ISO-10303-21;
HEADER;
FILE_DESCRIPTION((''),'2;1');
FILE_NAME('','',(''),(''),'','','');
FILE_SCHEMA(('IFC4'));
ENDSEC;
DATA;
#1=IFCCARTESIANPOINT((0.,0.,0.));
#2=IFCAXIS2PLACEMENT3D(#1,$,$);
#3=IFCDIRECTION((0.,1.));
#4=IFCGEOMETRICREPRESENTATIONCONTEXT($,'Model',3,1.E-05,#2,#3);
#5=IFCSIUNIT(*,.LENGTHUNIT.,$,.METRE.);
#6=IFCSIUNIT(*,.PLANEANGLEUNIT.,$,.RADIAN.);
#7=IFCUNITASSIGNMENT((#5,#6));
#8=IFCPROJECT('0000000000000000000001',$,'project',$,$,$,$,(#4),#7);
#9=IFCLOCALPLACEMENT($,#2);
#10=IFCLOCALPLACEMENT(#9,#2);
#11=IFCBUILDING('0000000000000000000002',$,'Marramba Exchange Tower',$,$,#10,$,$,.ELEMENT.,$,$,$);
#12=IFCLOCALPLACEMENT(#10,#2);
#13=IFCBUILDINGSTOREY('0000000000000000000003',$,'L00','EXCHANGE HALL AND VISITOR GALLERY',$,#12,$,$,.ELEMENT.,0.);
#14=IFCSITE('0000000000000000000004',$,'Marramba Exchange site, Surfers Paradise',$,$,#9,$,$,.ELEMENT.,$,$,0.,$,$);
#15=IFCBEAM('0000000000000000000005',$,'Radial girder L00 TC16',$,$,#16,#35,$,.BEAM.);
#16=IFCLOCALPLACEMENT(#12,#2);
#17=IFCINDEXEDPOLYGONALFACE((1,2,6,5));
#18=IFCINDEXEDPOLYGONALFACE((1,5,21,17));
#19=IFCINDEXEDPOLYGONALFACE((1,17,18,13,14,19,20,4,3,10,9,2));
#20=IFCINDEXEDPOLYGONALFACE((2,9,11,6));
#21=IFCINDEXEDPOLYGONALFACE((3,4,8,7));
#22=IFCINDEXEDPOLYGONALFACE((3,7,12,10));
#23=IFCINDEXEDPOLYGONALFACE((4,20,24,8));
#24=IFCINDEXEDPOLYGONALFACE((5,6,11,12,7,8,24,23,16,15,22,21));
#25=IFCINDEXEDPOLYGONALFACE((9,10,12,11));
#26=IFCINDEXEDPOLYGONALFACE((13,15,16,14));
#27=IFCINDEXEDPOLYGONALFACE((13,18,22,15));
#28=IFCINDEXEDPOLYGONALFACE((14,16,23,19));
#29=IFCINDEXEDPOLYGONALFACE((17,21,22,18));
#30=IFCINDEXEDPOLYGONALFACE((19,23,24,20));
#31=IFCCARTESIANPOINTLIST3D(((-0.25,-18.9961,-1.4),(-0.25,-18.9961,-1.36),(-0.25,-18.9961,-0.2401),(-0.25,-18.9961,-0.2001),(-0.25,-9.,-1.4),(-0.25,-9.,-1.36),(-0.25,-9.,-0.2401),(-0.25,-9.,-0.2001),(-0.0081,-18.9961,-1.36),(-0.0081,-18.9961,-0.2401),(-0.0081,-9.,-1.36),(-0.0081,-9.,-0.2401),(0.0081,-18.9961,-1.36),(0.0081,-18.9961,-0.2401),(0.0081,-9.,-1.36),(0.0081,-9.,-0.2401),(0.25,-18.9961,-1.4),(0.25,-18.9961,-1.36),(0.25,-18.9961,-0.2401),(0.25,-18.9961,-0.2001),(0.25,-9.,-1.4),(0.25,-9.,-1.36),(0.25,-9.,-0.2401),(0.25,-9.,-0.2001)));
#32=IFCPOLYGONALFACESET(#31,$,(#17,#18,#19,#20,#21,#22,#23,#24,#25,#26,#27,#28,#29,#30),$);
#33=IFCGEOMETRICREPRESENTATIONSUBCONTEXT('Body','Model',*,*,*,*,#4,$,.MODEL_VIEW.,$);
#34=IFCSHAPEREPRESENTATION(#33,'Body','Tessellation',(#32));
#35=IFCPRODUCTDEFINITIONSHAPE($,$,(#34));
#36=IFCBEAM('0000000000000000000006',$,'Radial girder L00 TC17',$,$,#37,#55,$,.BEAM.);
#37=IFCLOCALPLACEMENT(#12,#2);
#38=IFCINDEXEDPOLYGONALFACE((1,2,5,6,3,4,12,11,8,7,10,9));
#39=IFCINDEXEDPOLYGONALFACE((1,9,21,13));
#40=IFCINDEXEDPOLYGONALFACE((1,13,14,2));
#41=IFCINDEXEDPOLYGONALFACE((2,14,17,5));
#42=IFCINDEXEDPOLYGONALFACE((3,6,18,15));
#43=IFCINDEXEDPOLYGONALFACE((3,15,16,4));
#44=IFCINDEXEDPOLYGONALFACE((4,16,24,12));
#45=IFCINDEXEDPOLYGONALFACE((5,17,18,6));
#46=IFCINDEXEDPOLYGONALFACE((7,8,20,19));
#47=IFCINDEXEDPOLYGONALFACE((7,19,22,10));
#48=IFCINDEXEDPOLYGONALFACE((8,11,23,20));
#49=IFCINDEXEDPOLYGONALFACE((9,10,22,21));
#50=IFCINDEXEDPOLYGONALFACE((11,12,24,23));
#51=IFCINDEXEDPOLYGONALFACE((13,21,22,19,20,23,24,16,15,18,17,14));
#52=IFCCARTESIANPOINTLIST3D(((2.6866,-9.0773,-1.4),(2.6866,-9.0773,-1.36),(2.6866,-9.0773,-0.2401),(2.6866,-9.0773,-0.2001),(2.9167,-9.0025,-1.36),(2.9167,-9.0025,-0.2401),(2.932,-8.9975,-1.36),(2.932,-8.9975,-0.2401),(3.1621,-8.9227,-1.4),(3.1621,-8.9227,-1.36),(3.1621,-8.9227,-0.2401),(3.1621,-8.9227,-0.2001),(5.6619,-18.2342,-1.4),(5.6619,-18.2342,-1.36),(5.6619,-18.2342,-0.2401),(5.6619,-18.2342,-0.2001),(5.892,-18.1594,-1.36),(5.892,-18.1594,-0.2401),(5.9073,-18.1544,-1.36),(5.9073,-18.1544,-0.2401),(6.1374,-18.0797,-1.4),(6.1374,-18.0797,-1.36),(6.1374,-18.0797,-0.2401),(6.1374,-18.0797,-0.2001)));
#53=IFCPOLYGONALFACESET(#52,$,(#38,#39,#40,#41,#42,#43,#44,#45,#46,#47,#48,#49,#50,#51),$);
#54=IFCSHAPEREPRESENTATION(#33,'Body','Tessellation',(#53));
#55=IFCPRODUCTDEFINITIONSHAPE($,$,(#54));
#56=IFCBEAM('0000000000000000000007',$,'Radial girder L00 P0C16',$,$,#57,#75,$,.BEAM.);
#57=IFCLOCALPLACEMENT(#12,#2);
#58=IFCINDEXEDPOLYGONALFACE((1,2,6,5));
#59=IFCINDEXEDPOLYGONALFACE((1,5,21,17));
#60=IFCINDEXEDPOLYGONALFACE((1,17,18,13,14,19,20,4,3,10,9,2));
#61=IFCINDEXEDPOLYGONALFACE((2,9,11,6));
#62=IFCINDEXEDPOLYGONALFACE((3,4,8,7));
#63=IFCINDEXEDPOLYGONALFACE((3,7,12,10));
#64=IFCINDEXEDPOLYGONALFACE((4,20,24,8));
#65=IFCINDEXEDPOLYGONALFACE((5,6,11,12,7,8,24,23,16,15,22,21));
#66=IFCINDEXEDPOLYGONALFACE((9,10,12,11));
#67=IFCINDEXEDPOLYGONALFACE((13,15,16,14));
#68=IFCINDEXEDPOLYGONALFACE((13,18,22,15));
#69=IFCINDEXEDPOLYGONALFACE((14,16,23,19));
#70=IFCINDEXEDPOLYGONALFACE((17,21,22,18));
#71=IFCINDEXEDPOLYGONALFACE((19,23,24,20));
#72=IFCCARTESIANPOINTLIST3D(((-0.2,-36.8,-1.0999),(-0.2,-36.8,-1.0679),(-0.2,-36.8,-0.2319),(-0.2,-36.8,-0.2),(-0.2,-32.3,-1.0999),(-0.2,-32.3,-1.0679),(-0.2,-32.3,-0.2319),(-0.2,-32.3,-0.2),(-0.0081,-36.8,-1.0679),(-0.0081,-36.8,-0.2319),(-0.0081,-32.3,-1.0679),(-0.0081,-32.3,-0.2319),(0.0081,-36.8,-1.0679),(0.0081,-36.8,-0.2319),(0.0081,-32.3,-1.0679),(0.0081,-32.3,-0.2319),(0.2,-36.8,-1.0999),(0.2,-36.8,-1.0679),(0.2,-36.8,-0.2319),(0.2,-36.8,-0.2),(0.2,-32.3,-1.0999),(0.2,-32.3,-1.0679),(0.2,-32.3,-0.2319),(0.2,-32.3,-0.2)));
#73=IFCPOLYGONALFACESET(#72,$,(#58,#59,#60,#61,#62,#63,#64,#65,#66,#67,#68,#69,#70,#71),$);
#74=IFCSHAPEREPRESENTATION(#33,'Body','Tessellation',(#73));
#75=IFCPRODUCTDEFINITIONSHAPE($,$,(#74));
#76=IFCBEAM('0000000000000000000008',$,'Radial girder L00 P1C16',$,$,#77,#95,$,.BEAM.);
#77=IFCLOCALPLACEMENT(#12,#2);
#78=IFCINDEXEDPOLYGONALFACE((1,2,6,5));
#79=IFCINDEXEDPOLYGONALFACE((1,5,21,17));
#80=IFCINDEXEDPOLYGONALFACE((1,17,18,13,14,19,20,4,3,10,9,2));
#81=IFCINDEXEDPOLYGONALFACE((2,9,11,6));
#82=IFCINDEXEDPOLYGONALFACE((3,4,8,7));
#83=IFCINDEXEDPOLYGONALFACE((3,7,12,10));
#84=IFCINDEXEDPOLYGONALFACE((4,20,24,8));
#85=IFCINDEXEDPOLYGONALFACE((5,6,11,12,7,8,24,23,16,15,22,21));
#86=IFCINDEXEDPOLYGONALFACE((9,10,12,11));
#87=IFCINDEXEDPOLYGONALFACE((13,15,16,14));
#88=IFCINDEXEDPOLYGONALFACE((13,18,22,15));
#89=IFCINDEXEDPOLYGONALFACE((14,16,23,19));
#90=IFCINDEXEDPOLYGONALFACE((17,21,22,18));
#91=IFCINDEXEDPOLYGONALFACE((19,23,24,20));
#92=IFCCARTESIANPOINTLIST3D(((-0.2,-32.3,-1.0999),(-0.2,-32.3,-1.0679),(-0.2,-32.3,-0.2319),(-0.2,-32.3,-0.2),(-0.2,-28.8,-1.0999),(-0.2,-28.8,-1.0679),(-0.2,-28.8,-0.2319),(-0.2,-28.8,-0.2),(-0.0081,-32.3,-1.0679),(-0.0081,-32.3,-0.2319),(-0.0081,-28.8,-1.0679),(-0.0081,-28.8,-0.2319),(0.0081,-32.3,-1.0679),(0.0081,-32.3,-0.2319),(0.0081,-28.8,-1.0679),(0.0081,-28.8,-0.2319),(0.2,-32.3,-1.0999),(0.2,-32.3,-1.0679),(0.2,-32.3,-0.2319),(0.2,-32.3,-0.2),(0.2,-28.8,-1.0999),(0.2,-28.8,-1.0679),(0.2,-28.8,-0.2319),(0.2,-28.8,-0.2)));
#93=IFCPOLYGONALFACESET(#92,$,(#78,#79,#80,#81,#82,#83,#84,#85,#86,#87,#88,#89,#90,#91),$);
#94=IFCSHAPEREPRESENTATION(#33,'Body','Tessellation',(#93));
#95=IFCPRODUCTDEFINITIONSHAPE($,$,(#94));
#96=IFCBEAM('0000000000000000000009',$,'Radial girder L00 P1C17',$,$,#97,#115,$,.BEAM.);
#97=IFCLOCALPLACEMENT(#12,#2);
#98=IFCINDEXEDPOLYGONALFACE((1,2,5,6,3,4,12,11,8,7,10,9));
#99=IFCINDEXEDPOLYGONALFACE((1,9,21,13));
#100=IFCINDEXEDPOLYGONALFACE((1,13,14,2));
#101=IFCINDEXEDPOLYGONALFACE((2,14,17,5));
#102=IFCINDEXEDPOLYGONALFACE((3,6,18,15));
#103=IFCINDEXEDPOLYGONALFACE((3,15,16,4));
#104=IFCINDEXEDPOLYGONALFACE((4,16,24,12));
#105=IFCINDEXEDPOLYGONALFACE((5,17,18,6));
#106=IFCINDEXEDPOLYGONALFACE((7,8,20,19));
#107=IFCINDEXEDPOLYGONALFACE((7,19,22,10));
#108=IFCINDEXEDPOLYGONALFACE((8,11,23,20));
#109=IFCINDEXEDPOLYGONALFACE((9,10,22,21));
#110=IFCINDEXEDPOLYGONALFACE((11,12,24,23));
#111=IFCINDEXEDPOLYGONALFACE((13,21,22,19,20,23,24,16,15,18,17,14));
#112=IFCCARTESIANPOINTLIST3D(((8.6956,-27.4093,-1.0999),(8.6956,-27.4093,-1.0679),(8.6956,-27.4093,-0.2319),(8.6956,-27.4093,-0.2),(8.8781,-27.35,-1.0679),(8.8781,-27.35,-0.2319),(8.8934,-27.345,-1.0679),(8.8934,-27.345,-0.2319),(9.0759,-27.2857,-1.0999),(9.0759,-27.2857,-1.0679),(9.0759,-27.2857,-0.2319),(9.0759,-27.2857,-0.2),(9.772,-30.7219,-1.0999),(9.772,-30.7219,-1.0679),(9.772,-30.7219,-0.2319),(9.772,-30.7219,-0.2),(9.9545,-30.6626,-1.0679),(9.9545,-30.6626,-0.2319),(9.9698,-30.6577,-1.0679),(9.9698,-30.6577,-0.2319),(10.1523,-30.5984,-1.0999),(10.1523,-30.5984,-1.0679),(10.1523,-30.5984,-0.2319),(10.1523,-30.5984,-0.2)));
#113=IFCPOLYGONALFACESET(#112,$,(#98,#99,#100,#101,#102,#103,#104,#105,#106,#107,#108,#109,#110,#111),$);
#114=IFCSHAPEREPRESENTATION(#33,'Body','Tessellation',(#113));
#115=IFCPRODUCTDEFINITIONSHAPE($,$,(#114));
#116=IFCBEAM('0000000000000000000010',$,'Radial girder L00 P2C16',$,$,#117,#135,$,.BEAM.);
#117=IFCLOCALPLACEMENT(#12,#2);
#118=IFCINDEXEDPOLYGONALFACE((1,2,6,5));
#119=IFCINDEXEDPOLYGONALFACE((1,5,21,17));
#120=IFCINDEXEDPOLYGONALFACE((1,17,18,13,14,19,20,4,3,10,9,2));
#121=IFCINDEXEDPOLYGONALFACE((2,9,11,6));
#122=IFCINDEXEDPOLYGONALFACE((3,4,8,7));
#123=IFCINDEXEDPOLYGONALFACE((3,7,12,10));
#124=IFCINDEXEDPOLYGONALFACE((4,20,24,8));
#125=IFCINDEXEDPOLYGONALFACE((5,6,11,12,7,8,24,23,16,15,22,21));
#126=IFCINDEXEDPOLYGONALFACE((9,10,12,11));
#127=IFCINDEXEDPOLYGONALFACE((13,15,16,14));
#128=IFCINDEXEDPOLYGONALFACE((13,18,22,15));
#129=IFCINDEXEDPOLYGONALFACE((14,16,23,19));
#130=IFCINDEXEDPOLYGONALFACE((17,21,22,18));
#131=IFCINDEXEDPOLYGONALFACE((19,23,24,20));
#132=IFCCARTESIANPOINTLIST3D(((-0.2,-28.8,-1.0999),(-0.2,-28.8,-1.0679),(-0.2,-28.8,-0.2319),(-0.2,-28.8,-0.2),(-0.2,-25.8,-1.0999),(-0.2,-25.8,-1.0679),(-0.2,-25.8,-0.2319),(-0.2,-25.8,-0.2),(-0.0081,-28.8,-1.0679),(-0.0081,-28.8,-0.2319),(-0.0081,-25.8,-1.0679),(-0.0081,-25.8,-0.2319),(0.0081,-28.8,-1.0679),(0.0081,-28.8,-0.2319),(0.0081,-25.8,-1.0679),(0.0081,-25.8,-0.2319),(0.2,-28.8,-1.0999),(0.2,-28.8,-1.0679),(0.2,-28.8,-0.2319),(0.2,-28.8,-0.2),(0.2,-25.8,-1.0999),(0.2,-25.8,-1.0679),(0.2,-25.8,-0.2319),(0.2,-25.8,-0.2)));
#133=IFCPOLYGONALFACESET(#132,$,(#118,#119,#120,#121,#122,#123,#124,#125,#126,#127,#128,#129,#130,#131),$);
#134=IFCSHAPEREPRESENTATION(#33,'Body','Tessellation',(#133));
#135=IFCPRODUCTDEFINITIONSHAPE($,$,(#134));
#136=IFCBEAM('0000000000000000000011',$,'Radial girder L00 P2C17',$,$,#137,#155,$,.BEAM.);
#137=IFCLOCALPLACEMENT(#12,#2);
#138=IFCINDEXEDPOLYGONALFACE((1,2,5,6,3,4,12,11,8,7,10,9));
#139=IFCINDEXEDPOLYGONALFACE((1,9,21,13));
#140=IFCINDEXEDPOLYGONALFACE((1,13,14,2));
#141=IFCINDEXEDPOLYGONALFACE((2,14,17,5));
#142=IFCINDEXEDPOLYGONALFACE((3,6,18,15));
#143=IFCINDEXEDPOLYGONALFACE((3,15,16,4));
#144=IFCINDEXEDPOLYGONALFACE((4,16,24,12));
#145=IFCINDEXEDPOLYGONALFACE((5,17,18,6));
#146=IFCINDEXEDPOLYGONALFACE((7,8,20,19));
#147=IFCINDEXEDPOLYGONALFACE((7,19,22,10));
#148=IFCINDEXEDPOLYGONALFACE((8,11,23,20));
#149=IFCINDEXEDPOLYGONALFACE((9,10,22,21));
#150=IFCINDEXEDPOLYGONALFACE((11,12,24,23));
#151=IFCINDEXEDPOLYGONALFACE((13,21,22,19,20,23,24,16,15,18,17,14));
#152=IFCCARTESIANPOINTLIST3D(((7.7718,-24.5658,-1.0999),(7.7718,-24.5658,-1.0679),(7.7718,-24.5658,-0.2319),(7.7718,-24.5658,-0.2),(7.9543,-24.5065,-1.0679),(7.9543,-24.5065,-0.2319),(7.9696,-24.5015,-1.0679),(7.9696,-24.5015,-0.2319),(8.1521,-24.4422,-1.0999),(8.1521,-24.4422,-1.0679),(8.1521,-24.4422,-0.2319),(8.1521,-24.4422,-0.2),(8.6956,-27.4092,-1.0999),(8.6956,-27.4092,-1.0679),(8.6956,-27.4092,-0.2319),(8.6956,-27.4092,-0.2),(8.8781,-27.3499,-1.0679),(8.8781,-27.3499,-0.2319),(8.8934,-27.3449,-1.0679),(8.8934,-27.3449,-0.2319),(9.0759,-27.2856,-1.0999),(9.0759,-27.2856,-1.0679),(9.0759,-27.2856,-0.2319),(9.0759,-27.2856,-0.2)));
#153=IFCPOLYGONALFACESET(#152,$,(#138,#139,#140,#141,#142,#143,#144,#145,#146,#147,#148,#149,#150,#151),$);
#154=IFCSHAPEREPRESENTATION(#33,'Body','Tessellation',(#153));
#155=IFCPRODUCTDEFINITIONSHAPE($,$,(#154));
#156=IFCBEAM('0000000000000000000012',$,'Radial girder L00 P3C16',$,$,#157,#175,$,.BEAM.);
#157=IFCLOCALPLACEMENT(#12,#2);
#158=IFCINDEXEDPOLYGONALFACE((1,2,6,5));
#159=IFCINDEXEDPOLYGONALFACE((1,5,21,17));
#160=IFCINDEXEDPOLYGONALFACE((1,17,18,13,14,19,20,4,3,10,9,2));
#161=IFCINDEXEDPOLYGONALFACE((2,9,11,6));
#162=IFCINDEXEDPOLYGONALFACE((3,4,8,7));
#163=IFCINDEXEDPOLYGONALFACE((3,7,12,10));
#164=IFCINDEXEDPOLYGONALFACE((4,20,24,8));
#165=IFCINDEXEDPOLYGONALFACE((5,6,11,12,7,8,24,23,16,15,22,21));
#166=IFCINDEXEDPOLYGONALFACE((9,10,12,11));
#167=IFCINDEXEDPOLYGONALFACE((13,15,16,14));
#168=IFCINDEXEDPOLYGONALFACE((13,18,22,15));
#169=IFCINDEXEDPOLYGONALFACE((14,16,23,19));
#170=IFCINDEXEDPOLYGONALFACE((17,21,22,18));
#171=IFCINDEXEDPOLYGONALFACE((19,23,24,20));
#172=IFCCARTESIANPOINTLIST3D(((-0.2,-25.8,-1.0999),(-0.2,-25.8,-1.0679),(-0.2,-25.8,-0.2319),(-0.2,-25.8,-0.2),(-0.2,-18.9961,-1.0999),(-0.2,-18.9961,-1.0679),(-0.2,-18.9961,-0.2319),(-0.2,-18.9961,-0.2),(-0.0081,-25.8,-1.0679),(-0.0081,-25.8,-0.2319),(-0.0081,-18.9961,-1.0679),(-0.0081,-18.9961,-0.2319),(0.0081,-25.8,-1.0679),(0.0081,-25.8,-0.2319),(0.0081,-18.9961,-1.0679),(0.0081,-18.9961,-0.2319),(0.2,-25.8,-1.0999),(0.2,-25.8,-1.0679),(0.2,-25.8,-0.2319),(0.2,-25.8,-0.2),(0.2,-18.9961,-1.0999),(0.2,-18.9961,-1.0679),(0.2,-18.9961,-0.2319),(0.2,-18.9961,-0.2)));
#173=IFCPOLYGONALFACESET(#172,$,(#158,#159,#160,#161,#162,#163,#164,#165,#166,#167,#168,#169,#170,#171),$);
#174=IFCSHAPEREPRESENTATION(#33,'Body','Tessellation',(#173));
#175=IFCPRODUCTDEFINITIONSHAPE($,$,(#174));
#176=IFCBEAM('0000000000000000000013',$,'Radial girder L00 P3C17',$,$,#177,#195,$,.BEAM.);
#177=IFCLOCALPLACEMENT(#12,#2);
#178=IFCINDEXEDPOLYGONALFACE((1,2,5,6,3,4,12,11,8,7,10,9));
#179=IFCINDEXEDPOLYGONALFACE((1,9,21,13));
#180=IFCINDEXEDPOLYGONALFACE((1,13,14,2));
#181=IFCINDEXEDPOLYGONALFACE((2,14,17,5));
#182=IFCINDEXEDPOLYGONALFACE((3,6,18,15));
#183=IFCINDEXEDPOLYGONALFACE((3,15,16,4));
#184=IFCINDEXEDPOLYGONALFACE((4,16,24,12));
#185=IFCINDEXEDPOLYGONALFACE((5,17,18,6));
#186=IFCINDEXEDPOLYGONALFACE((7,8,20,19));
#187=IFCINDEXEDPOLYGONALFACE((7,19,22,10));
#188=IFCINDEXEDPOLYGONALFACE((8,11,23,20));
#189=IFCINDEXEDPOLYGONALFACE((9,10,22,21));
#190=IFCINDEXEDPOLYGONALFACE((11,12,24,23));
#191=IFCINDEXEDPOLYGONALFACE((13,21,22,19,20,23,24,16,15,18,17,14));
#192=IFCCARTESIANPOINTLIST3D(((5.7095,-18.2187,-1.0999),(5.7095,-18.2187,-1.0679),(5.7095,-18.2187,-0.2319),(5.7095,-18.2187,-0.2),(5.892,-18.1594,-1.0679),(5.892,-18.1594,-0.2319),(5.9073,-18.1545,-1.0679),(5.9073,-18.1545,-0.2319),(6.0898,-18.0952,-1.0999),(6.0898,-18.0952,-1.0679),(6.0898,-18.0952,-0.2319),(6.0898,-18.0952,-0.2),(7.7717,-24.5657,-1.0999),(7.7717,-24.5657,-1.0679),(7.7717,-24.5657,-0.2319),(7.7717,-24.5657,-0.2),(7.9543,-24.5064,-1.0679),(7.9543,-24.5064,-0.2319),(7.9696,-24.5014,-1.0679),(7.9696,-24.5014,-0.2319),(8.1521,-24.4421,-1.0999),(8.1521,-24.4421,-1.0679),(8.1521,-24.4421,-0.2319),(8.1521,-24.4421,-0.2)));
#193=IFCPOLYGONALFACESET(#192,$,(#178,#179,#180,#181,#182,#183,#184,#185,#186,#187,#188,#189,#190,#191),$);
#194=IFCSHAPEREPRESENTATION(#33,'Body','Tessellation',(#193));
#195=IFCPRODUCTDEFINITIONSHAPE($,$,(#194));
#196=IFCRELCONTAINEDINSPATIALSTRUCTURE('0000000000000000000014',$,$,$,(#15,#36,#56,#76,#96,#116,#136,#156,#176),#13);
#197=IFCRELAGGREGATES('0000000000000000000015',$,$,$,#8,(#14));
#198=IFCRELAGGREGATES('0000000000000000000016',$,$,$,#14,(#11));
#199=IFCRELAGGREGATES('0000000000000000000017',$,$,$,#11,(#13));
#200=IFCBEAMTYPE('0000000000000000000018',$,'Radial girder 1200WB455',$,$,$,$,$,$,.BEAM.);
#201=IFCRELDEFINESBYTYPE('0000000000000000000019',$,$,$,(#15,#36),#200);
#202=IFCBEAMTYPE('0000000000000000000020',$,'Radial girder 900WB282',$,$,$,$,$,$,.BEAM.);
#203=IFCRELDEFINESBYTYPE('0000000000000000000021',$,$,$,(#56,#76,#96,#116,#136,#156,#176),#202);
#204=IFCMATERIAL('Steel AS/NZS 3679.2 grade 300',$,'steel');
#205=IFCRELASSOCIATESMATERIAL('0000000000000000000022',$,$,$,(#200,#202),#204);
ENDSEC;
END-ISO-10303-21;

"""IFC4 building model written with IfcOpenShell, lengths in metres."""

from ifc_helpers import new_model, si_unit, direction, frame, origin, origin_2d, place, context, subcontext, project, spatial, i_section, extrude, material, material_profile, profile_set, type_object, element, save


model = new_model("IFC4")

# Units and contexts
model_context = context("Model", 3, precision=1e-05, world=origin(), true_north=direction((0.0, 1.0)))
body_context = subcontext(model_context, "Body", "Model", "MODEL_VIEW")
ifc_project = project(units=[si_unit("LENGTHUNIT", "METRE"), si_unit("PLANEANGLEUNIT", "RADIAN")], contexts=[model_context])

# Site, building, storey
site_placement = place(None, origin())
site = spatial("IfcSite", under=ifc_project, at=site_placement, Name="Marramba Exchange site, Surfers Paradise", CompositionType="ELEMENT", RefElevation=0.0)
building_placement = place(site_placement, origin())
building = spatial("IfcBuilding", under=site, at=building_placement, Name="Marramba Exchange Tower", CompositionType="ELEMENT")
storey_placement = place(building_placement, origin())
storey = spatial("IfcBuildingStorey", under=building, at=storey_placement, Name="L00", Description="EXCHANGE HALL AND VISITOR GALLERY", CompositionType="ELEMENT", Elevation=0.0)

# Beams
ifc_material_1 = material(Name="Steel AS/NZS 3679.2 grade 300", Category="steel")
ifc_material_profile_1 = material_profile(ifc_material_1, i_section(OverallWidth=0.5, OverallDepth=1.2, WebThickness=0.0161, FlangeThickness=0.04, at=origin_2d()), Name="1200WB455")
ifc_profile_set_1 = profile_set([ifc_material_profile_1], Name="Steel AS/NZS 3679.2 grade 300")
beam_type_1 = type_object("IfcBeamType", Name="Radial girder 1200WB455", PredefinedType="BEAM", material=ifc_profile_set_1)
beam_1_placement = place(storey_placement, frame((0.0, -9.0, -0.8), z_axis=(0.0, -1.0, 0.0), x_axis=(1.0, 0.0, 0.0)))
element("IfcBeam", 1, at=beam_1_placement, inside=storey, type_object=beam_type_1, Name="Radial girder L00 TC16", PredefinedType="BEAM", context=body_context, shape_type="SweptSolid", body=[
    extrude(i_section(OverallWidth=0.5, OverallDepth=1.2, WebThickness=0.0161, FlangeThickness=0.04, at=origin_2d()), origin(), (0.0, 0.0, 1.0), 9.9961),
])
beam_2_placement = place(storey_placement, frame((2.9243, -9.0, -0.8), z_axis=(0.309022, -0.951055, 0.0), x_axis=(0.951055, 0.309022, 0.0)))
element("IfcBeam", 2, at=beam_2_placement, inside=storey, type_object=beam_type_1, Name="Radial girder L00 TC17", PredefinedType="BEAM", context=body_context, shape_type="SweptSolid", body=[
    extrude(i_section(OverallWidth=0.5, OverallDepth=1.2, WebThickness=0.0161, FlangeThickness=0.04, at=origin_2d()), origin(), (0.0, 0.0, 1.0), 9.6282),
])
ifc_material_profile_2 = material_profile(ifc_material_1, i_section(OverallWidth=0.3999, OverallDepth=0.8999, WebThickness=0.0161, FlangeThickness=0.032, at=origin_2d()), Name="900WB282")
ifc_profile_set_2 = profile_set([ifc_material_profile_2], Name="Steel AS/NZS 3679.2 grade 300")
beam_type_2 = type_object("IfcBeamType", Name="Radial girder 900WB282", PredefinedType="BEAM", material=ifc_profile_set_2)
beam_3_placement = place(storey_placement, frame((0.0, -36.8, -0.6499), z_axis=(0.0, 1.0, 0.0), x_axis=(-1.0, 0.0, 0.0)))
element("IfcBeam", 3, at=beam_3_placement, inside=storey, type_object=beam_type_2, Name="Radial girder L00 P0C16", PredefinedType="BEAM", context=body_context, shape_type="SweptSolid", body=[
    extrude(i_section(OverallWidth=0.3999, OverallDepth=0.8999, WebThickness=0.0161, FlangeThickness=0.032, at=origin_2d()), origin(), (0.0, 0.0, 1.0), 4.5),
])
beam_4_placement = place(storey_placement, frame((0.0, -32.3, -0.6499), z_axis=(0.0, 1.0, 0.0), x_axis=(-1.0, 0.0, 0.0)))
element("IfcBeam", 4, at=beam_4_placement, inside=storey, type_object=beam_type_2, Name="Radial girder L00 P1C16", PredefinedType="BEAM", context=body_context, shape_type="SweptSolid", body=[
    extrude(i_section(OverallWidth=0.3999, OverallDepth=0.8999, WebThickness=0.0161, FlangeThickness=0.032, at=origin_2d()), origin(), (0.0, 0.0, 1.0), 3.5),
])
beam_5_placement = place(storey_placement, frame((9.9622, -30.6602, -0.6499), z_axis=(-0.309027, 0.951053, 0.0), x_axis=(-0.951053, -0.309027, 0.0)))
element("IfcBeam", 5, at=beam_5_placement, inside=storey, type_object=beam_type_2, Name="Radial girder L00 P1C17", PredefinedType="BEAM", context=body_context, shape_type="SweptSolid", body=[
    extrude(i_section(OverallWidth=0.3999, OverallDepth=0.8999, WebThickness=0.0161, FlangeThickness=0.032, at=origin_2d()), origin(), (0.0, 0.0, 1.0), 3.4832),
])
beam_6_placement = place(storey_placement, frame((0.0, -28.8, -0.6499), z_axis=(0.0, 1.0, 0.0), x_axis=(-1.0, 0.0, 0.0)))
element("IfcBeam", 6, at=beam_6_placement, inside=storey, type_object=beam_type_2, Name="Radial girder L00 P2C16", PredefinedType="BEAM", context=body_context, shape_type="SweptSolid", body=[
    extrude(i_section(OverallWidth=0.3999, OverallDepth=0.8999, WebThickness=0.0161, FlangeThickness=0.032, at=origin_2d()), origin(), (0.0, 0.0, 1.0), 3.0),
])
beam_7_placement = place(storey_placement, frame((8.8857, -27.3474, -0.6499), z_axis=(-0.308992, 0.951065, 0.0), x_axis=(-0.951065, -0.308992, 0.0)))
element("IfcBeam", 7, at=beam_7_placement, inside=storey, type_object=beam_type_2, Name="Radial girder L00 P2C17", PredefinedType="BEAM", context=body_context, shape_type="SweptSolid", body=[
    extrude(i_section(OverallWidth=0.3999, OverallDepth=0.8999, WebThickness=0.0161, FlangeThickness=0.032, at=origin_2d()), origin(), (0.0, 0.0, 1.0), 2.9897),
])
beam_8_placement = place(storey_placement, frame((0.0, -25.8, -0.6499), z_axis=(0.0, 1.0, 0.0), x_axis=(-1.0, 0.0, 0.0)))
element("IfcBeam", 8, at=beam_8_placement, inside=storey, type_object=beam_type_2, Name="Radial girder L00 P3C16", PredefinedType="BEAM", context=body_context, shape_type="SweptSolid", body=[
    extrude(i_section(OverallWidth=0.3999, OverallDepth=0.8999, WebThickness=0.0161, FlangeThickness=0.032, at=origin_2d()), origin(), (0.0, 0.0, 1.0), 6.804),
])
beam_9_placement = place(storey_placement, frame((7.9619, -24.5039, -0.6499), z_axis=(-0.309019, 0.951056, 0.0), x_axis=(-0.951056, -0.309019, 0.0)))
element("IfcBeam", 9, at=beam_9_placement, inside=storey, type_object=beam_type_2, Name="Radial girder L00 P3C17", PredefinedType="BEAM", context=body_context, shape_type="SweptSolid", body=[
    extrude(i_section(OverallWidth=0.3999, OverallDepth=0.8999, WebThickness=0.0161, FlangeThickness=0.032, at=origin_2d()), origin(), (0.0, 0.0, 1.0), 6.6736),
])

save(model, "model.ifc")
